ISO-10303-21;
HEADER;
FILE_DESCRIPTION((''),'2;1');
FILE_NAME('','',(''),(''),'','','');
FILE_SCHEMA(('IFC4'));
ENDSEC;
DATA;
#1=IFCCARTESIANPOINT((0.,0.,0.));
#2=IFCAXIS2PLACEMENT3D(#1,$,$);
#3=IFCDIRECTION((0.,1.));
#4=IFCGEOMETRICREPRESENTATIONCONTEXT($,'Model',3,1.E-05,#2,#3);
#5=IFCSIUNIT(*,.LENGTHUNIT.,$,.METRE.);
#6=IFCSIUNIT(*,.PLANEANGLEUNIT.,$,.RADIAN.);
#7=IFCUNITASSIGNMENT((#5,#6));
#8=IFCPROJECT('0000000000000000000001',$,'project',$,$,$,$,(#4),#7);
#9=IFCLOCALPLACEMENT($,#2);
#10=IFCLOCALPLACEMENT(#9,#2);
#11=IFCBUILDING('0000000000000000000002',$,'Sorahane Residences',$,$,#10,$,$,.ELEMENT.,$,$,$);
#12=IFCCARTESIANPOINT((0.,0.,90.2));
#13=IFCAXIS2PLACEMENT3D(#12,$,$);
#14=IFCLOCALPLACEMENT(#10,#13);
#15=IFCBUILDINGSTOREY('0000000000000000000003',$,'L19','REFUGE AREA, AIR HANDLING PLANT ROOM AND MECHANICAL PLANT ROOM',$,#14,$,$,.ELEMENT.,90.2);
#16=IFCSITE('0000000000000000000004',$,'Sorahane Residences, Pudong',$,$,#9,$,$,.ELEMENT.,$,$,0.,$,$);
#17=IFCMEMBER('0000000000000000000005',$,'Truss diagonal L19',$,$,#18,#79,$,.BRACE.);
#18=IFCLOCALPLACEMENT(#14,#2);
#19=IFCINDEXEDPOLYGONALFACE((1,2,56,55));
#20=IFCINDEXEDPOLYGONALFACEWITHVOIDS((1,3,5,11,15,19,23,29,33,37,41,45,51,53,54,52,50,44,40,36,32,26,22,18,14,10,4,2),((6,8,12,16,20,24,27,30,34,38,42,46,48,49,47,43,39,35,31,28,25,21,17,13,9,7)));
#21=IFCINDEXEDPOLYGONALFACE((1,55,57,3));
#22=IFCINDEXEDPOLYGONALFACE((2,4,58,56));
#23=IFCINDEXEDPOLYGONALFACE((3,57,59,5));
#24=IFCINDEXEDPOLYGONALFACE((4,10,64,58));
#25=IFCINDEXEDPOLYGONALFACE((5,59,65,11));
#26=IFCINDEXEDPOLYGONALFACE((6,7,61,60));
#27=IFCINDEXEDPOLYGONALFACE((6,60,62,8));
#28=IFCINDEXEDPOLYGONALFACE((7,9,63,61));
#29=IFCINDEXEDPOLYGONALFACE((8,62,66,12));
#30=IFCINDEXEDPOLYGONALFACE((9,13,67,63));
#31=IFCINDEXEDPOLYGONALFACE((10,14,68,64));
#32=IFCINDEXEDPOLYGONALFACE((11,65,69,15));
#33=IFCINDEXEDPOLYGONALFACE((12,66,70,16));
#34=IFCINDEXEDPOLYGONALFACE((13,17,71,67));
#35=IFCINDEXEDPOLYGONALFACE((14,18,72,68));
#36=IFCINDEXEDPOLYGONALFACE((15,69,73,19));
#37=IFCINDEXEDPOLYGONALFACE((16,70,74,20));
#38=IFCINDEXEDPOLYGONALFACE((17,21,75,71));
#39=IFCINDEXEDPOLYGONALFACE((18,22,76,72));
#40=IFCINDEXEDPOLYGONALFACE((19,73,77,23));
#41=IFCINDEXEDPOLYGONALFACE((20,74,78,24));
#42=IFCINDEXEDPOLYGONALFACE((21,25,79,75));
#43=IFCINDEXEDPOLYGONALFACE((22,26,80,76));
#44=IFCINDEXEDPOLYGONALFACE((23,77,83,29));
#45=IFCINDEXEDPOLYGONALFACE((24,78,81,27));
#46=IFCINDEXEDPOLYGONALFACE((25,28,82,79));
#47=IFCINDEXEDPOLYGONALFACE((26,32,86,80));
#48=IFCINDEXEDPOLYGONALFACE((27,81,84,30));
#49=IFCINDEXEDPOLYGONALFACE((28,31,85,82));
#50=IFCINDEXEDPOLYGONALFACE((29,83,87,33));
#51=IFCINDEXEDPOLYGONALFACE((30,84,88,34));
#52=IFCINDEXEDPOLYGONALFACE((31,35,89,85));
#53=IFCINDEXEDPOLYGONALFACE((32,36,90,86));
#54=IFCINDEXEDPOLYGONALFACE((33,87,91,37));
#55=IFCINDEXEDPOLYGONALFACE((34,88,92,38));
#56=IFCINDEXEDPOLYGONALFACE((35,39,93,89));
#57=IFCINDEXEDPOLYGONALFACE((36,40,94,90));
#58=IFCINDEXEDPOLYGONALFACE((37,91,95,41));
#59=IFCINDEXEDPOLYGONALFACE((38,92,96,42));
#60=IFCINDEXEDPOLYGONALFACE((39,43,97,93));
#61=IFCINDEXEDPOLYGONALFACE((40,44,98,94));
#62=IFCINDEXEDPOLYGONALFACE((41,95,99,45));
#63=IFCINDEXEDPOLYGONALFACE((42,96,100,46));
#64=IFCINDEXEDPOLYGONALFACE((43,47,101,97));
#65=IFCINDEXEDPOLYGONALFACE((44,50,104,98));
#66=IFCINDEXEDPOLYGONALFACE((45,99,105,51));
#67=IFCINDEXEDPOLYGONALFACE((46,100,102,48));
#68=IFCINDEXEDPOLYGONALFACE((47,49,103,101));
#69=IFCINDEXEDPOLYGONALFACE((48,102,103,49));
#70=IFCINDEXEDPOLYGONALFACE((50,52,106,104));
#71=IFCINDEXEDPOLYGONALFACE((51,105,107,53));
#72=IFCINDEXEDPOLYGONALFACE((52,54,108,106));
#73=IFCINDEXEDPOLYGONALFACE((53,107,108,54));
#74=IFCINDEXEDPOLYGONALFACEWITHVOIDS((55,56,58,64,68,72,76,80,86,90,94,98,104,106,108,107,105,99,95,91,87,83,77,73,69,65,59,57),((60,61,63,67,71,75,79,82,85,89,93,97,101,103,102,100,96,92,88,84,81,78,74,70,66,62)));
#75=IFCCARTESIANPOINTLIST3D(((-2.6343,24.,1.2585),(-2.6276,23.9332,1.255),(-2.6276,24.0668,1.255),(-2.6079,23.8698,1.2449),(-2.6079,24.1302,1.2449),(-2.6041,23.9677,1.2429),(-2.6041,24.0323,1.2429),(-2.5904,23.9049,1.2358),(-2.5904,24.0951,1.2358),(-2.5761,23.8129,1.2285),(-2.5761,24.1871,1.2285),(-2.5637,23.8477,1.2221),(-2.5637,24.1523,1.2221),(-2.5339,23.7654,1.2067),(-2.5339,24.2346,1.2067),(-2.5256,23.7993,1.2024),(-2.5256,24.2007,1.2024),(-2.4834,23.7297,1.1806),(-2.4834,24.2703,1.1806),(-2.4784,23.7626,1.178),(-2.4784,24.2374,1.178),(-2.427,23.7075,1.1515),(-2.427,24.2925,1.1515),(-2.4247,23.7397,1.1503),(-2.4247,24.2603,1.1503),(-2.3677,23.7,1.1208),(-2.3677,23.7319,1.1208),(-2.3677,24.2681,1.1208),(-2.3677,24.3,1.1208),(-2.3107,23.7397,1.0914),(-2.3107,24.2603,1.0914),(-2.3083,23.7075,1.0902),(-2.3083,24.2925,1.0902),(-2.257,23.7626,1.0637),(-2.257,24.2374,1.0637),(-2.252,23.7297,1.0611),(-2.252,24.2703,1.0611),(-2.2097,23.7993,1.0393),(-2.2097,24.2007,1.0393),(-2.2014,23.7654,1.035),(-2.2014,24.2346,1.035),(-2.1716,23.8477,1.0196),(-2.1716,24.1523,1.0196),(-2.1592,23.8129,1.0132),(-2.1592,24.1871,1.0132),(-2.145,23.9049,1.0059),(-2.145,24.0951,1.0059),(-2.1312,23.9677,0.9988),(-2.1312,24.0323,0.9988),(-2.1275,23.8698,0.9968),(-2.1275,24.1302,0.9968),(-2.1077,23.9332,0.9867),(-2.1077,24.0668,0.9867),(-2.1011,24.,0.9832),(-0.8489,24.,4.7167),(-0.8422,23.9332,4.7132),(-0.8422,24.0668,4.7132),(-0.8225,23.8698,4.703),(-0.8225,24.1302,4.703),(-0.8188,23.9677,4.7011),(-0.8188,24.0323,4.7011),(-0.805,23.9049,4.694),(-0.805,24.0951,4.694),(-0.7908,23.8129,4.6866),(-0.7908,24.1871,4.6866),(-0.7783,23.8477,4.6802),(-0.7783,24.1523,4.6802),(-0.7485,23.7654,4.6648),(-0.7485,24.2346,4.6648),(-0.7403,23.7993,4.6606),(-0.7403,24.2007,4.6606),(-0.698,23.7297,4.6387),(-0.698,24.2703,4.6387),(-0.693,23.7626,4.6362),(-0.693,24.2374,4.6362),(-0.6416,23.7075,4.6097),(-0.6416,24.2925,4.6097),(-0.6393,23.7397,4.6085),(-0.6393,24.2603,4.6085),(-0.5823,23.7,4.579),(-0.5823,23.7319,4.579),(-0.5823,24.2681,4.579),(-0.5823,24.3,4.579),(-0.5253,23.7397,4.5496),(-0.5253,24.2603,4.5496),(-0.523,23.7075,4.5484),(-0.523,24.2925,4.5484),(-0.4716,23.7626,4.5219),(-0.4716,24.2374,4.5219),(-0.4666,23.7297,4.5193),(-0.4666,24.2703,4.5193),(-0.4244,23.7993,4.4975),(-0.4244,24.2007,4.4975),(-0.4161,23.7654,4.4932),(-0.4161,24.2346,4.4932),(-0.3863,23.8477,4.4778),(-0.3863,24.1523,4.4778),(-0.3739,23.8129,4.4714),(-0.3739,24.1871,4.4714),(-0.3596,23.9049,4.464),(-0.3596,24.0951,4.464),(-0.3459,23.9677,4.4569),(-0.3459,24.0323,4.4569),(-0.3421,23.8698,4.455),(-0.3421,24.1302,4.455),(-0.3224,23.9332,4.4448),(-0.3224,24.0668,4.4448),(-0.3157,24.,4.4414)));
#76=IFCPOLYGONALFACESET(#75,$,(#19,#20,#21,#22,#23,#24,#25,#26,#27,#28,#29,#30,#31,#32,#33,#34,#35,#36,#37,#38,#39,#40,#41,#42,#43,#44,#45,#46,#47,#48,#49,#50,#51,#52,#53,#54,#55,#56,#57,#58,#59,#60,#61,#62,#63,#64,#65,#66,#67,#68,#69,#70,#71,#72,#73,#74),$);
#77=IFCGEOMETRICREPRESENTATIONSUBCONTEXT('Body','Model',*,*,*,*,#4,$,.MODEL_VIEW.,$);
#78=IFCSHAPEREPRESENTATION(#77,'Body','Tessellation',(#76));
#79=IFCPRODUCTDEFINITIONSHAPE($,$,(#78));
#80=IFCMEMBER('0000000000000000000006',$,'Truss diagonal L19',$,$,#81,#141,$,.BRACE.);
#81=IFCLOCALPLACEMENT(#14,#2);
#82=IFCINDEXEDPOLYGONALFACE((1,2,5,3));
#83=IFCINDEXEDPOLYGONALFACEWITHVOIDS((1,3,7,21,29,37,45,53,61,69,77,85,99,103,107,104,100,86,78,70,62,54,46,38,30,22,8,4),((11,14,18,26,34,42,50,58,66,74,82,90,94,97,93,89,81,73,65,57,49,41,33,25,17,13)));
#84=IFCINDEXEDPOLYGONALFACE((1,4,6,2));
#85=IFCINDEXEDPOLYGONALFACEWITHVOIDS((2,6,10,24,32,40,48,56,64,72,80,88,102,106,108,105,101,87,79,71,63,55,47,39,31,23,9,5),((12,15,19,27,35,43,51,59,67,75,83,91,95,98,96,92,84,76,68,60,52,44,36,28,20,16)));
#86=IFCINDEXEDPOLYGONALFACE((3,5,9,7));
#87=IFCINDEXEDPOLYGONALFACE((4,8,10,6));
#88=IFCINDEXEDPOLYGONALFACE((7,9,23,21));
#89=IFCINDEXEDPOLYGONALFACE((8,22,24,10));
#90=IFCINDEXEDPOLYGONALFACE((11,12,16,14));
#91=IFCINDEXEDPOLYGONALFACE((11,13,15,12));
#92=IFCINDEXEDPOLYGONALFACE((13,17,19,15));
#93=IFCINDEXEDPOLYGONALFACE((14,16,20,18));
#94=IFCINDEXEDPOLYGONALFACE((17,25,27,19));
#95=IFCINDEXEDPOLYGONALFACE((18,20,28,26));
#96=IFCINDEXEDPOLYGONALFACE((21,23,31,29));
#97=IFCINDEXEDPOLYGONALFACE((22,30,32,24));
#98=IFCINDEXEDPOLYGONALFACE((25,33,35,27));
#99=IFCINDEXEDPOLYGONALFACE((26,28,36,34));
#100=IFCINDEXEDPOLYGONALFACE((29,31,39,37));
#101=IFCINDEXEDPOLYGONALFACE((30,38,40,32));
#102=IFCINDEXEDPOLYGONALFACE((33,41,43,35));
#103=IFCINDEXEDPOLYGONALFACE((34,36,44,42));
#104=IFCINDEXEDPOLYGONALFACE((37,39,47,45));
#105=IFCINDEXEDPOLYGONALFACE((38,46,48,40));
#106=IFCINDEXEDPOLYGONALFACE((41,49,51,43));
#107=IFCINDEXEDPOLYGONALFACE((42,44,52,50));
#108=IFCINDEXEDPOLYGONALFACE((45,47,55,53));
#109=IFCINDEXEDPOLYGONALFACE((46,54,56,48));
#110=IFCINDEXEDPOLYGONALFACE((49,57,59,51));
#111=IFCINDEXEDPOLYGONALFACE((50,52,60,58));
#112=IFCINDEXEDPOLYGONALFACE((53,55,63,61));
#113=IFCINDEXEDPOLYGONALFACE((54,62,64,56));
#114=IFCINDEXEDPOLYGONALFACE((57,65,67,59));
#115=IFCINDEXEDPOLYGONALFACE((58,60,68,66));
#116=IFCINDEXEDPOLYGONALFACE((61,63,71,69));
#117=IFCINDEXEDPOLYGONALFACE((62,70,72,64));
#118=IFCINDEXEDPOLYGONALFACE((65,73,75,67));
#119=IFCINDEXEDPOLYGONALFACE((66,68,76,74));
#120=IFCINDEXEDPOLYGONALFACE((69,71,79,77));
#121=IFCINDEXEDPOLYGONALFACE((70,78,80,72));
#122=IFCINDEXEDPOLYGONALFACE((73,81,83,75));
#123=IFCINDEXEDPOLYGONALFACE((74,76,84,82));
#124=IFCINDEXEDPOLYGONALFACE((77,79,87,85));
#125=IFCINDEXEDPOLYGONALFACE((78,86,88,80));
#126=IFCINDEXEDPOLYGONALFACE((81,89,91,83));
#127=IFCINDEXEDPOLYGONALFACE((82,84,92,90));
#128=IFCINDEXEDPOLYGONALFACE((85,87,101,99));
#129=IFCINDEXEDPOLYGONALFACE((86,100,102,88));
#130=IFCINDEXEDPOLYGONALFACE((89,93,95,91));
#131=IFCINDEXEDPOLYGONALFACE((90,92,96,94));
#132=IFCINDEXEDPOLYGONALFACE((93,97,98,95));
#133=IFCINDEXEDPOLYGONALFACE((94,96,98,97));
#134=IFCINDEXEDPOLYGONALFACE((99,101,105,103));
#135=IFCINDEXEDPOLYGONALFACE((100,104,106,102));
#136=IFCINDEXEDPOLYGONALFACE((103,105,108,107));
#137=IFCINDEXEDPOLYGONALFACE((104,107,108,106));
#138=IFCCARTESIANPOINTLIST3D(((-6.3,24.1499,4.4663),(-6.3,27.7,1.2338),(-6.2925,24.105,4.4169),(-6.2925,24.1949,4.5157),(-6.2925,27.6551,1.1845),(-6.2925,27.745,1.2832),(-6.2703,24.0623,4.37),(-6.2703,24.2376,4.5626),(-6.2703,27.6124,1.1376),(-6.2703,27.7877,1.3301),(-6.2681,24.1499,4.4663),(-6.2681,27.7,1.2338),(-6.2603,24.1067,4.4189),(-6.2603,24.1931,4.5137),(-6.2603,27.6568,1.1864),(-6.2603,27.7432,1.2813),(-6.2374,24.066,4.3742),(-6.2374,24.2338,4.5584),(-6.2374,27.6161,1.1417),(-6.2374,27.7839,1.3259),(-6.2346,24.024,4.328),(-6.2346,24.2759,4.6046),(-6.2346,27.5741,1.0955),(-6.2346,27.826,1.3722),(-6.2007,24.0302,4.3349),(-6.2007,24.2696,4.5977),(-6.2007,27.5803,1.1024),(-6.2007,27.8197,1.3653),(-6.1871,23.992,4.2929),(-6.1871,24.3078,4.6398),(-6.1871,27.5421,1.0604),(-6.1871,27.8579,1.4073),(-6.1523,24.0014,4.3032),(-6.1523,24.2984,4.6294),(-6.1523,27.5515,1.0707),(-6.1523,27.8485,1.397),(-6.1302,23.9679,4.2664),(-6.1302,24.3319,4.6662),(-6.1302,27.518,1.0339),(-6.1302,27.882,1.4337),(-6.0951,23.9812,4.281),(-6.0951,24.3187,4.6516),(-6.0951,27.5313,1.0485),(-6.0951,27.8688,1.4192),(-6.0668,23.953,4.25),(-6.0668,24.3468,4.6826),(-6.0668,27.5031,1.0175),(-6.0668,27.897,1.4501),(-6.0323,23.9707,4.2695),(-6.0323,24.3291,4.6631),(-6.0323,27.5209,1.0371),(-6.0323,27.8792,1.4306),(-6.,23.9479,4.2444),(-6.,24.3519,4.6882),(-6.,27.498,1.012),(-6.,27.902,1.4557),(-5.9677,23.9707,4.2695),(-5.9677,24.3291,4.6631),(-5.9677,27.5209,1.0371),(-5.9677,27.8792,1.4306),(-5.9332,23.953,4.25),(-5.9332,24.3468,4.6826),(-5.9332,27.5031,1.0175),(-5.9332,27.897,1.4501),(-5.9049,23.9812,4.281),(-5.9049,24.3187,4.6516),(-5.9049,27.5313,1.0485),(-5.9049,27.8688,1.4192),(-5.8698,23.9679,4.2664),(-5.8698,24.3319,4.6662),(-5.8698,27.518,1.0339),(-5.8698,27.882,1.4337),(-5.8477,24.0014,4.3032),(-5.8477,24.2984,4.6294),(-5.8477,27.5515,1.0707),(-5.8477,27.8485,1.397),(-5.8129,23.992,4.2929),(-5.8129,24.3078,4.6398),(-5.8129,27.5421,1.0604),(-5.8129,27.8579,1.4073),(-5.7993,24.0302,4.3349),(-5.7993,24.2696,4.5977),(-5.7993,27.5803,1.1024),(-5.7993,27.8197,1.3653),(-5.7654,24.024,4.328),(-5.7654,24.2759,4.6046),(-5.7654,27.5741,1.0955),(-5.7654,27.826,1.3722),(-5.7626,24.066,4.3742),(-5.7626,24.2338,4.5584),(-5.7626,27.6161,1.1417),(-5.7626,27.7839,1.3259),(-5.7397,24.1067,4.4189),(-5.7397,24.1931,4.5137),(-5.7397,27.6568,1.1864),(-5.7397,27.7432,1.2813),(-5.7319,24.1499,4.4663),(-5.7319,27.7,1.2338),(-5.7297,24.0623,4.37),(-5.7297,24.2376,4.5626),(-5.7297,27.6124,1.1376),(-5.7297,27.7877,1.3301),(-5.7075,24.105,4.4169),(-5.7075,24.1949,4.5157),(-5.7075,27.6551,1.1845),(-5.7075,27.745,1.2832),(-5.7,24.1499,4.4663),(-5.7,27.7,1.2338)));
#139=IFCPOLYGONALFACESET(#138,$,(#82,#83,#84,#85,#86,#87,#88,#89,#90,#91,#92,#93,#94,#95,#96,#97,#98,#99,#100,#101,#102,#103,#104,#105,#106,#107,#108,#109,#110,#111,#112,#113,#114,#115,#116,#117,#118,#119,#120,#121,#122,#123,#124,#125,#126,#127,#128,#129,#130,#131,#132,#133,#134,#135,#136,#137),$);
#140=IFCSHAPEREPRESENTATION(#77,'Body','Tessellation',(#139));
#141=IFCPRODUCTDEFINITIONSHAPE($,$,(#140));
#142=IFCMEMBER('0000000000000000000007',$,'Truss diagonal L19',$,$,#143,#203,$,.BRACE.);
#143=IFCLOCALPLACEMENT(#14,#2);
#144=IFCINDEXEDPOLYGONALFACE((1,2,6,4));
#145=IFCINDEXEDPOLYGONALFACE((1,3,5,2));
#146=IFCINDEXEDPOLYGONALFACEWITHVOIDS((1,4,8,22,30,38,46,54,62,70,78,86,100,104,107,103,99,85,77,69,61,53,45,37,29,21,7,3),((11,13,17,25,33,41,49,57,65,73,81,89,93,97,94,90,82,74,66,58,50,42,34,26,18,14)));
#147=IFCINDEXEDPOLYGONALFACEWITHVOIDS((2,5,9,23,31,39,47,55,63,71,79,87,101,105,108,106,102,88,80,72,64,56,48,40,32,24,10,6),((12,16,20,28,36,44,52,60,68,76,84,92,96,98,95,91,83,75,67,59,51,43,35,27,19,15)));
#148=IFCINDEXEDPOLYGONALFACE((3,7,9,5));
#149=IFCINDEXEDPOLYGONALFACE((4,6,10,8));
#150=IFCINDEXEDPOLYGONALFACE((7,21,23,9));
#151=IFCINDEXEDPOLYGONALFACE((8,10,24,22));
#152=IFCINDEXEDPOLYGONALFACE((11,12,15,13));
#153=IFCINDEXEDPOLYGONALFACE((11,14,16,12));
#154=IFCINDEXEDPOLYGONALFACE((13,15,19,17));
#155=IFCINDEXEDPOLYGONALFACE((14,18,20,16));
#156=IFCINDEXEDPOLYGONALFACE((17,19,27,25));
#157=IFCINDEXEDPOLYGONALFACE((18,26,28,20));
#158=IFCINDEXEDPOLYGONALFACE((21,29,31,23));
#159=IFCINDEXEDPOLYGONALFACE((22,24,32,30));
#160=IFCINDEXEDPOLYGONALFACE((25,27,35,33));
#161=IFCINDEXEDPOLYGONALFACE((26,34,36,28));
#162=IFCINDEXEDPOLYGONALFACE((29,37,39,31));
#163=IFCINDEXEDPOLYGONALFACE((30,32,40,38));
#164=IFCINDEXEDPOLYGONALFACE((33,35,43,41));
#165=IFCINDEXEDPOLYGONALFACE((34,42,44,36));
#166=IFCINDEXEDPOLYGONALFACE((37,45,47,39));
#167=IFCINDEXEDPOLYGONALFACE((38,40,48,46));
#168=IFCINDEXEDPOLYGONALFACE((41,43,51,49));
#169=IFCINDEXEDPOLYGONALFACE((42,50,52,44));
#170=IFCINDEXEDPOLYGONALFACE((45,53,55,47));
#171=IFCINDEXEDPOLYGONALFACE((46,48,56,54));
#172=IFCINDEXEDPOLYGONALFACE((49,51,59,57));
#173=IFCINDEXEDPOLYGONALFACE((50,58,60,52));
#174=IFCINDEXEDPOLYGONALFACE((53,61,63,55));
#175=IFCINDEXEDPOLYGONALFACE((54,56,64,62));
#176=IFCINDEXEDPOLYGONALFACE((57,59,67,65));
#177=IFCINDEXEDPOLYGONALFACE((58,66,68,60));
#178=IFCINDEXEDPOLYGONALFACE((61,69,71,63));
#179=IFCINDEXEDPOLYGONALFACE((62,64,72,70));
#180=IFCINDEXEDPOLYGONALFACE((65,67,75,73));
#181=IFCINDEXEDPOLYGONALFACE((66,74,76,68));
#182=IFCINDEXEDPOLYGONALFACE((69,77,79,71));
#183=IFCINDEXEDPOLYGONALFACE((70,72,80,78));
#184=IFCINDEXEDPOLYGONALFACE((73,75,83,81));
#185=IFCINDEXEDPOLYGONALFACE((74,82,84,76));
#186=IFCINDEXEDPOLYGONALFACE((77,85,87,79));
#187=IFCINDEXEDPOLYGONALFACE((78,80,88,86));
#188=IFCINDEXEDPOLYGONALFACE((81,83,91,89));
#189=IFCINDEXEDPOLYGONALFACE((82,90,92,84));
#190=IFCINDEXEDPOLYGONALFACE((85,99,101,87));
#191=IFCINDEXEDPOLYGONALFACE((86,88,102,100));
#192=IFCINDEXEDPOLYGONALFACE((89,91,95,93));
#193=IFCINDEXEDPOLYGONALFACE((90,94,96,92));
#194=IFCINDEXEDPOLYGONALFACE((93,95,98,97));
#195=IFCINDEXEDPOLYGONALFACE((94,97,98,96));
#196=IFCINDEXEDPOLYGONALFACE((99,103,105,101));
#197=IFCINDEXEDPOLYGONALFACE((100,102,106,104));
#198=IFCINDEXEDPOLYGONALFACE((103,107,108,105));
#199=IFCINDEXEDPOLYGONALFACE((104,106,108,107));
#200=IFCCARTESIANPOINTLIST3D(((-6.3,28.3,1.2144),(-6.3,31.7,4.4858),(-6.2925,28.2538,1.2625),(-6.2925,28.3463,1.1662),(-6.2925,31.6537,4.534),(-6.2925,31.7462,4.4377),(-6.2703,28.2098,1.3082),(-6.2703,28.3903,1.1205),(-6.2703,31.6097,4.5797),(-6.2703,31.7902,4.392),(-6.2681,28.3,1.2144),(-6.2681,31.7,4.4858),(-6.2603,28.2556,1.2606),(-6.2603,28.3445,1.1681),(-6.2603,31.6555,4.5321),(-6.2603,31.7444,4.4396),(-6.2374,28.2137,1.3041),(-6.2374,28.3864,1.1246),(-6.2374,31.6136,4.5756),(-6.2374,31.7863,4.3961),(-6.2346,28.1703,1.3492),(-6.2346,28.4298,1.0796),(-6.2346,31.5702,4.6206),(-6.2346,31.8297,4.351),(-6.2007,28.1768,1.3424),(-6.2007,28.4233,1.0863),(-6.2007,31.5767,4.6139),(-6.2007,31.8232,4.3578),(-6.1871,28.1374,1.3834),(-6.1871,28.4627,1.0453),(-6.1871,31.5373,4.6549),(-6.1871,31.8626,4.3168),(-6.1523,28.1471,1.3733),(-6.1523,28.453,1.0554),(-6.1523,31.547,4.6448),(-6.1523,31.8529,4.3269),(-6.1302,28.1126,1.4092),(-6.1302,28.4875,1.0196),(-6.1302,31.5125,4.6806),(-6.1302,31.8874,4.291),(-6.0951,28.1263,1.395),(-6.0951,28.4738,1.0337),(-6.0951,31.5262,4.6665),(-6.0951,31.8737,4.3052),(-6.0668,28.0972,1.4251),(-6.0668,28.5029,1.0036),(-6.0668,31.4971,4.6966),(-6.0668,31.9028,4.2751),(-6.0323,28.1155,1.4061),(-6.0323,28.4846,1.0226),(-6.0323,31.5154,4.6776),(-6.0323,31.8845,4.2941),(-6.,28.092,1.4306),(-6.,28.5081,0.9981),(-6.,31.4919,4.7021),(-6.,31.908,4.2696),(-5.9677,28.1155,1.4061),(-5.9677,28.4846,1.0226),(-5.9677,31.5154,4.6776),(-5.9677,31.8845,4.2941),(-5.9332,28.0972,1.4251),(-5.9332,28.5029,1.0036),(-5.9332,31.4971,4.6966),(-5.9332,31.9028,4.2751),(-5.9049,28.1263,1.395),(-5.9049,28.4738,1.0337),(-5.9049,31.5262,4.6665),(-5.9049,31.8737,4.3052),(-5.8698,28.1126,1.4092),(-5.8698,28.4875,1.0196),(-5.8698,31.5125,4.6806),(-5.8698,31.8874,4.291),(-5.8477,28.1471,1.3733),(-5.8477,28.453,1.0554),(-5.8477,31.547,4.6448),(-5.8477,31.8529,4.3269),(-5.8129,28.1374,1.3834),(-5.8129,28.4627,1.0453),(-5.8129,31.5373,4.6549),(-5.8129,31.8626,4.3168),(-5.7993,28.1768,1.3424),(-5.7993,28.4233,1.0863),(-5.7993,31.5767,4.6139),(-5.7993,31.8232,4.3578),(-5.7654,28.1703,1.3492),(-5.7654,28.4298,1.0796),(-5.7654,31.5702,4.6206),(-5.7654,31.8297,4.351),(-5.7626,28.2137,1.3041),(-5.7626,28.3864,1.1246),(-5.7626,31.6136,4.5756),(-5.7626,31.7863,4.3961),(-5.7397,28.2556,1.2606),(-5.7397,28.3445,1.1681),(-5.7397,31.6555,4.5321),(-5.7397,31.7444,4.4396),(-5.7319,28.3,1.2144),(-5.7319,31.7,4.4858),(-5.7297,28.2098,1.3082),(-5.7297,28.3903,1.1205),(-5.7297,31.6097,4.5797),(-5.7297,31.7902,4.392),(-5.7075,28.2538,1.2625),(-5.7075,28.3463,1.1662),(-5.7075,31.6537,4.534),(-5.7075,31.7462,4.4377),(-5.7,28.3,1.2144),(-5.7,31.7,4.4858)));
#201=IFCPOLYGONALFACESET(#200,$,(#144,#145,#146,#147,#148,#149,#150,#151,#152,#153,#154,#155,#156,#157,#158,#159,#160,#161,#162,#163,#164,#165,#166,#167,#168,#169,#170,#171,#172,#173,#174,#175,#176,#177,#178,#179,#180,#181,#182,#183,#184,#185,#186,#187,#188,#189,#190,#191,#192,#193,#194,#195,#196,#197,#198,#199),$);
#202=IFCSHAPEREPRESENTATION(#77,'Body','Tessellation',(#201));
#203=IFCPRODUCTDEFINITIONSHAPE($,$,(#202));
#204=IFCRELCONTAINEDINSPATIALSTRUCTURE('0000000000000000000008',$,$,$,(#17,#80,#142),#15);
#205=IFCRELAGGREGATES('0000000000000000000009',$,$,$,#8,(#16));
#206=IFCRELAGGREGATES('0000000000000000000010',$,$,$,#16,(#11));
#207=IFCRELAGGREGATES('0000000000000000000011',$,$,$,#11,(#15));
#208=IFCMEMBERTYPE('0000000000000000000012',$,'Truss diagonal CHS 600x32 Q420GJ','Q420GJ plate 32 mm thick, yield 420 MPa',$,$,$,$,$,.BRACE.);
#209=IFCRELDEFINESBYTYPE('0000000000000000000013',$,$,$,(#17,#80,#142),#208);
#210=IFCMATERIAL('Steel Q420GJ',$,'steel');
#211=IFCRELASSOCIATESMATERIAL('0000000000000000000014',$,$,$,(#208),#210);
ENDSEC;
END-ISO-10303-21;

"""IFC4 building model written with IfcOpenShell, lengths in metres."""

from ifc_helpers import new_model, si_unit, direction, frame, origin, origin_2d, place, context, subcontext, project, spatial, hollow_circle, extrude, material, material_profile, profile_set, type_object, element, save


model = new_model("IFC4")

# Units and contexts
model_context = context("Model", 3, precision=1e-05, world=origin(), true_north=direction((0.0, 1.0)))
body_context = subcontext(model_context, "Body", "Model", "MODEL_VIEW")
ifc_project = project(units=[si_unit("LENGTHUNIT", "METRE"), si_unit("PLANEANGLEUNIT", "RADIAN")], contexts=[model_context])

# Site, building, storey
site_placement = place(None, origin())
site = spatial("IfcSite", under=ifc_project, at=site_placement, Name="Sorahane Residences, Pudong", CompositionType="ELEMENT", RefElevation=0.0)
building_placement = place(site_placement, origin())
building = spatial("IfcBuilding", under=site, at=building_placement, Name="Sorahane Residences", CompositionType="ELEMENT")
storey_placement = place(building_placement, frame((0.0, 0.0, 90.2)))
storey = spatial("IfcBuildingStorey", under=building, at=storey_placement, Name="L19", Description="REFUGE AREA, AIR HANDLING PLANT ROOM AND MECHANICAL PLANT ROOM", CompositionType="ELEMENT", Elevation=90.2)

# Members
ifc_material_1 = material(Name="Steel Q420GJ", Category="steel")
ifc_material_profile_1 = material_profile(ifc_material_1, hollow_circle(Radius=0.3, WallThickness=0.032, at=origin_2d()), Name="CHS 600x32")
ifc_profile_set_1 = profile_set([ifc_material_profile_1], Name="Steel Q420GJ")
member_type = type_object("IfcMemberType", Name="Truss diagonal CHS 600x32 Q420GJ", Description="Q420GJ plate 32 mm thick, yield 420 MPa", PredefinedType="BRACE", material=ifc_profile_set_1)
member_1_placement = place(storey_placement, frame((-2.3677, 24.0, 1.1208), z_axis=(0.458744, 0.0, 0.888569), x_axis=(0.0, 1.0, 0.0)))
element("IfcMember", 1, at=member_1_placement, inside=storey, type_object=member_type, Name="Truss diagonal L19", PredefinedType="BRACE", context=body_context, shape_type="SweptSolid", body=[
    extrude(hollow_circle(Radius=0.3, WallThickness=0.032, at=origin_2d()), origin(), (0.0, 0.0, 1.0), 3.8918),
])
member_2_placement = place(storey_placement, frame((-6.0, 24.1499, 4.4663), z_axis=(0.0, 0.739411, -0.673255), x_axis=(-1.0, 0.0, 0.0)))
element("IfcMember", 2, at=member_2_placement, inside=storey, type_object=member_type, Name="Truss diagonal L19", PredefinedType="BRACE", context=body_context, shape_type="SweptSolid", body=[
    extrude(hollow_circle(Radius=0.3, WallThickness=0.032, at=origin_2d()), origin(), (0.0, 0.0, 1.0), 4.8013),
])
member_3_placement = place(storey_placement, frame((-6.0, 28.3, 1.2144), z_axis=(0.0, 0.720584, 0.693367), x_axis=(-1.0, 0.0, 0.0)))
element("IfcMember", 3, at=member_3_placement, inside=storey, type_object=member_type, Name="Truss diagonal L19", PredefinedType="BRACE", context=body_context, shape_type="SweptSolid", body=[
    extrude(hollow_circle(Radius=0.3, WallThickness=0.032, at=origin_2d()), origin(), (0.0, 0.0, 1.0), 4.7183),
])

save(model, "model.ifc")
